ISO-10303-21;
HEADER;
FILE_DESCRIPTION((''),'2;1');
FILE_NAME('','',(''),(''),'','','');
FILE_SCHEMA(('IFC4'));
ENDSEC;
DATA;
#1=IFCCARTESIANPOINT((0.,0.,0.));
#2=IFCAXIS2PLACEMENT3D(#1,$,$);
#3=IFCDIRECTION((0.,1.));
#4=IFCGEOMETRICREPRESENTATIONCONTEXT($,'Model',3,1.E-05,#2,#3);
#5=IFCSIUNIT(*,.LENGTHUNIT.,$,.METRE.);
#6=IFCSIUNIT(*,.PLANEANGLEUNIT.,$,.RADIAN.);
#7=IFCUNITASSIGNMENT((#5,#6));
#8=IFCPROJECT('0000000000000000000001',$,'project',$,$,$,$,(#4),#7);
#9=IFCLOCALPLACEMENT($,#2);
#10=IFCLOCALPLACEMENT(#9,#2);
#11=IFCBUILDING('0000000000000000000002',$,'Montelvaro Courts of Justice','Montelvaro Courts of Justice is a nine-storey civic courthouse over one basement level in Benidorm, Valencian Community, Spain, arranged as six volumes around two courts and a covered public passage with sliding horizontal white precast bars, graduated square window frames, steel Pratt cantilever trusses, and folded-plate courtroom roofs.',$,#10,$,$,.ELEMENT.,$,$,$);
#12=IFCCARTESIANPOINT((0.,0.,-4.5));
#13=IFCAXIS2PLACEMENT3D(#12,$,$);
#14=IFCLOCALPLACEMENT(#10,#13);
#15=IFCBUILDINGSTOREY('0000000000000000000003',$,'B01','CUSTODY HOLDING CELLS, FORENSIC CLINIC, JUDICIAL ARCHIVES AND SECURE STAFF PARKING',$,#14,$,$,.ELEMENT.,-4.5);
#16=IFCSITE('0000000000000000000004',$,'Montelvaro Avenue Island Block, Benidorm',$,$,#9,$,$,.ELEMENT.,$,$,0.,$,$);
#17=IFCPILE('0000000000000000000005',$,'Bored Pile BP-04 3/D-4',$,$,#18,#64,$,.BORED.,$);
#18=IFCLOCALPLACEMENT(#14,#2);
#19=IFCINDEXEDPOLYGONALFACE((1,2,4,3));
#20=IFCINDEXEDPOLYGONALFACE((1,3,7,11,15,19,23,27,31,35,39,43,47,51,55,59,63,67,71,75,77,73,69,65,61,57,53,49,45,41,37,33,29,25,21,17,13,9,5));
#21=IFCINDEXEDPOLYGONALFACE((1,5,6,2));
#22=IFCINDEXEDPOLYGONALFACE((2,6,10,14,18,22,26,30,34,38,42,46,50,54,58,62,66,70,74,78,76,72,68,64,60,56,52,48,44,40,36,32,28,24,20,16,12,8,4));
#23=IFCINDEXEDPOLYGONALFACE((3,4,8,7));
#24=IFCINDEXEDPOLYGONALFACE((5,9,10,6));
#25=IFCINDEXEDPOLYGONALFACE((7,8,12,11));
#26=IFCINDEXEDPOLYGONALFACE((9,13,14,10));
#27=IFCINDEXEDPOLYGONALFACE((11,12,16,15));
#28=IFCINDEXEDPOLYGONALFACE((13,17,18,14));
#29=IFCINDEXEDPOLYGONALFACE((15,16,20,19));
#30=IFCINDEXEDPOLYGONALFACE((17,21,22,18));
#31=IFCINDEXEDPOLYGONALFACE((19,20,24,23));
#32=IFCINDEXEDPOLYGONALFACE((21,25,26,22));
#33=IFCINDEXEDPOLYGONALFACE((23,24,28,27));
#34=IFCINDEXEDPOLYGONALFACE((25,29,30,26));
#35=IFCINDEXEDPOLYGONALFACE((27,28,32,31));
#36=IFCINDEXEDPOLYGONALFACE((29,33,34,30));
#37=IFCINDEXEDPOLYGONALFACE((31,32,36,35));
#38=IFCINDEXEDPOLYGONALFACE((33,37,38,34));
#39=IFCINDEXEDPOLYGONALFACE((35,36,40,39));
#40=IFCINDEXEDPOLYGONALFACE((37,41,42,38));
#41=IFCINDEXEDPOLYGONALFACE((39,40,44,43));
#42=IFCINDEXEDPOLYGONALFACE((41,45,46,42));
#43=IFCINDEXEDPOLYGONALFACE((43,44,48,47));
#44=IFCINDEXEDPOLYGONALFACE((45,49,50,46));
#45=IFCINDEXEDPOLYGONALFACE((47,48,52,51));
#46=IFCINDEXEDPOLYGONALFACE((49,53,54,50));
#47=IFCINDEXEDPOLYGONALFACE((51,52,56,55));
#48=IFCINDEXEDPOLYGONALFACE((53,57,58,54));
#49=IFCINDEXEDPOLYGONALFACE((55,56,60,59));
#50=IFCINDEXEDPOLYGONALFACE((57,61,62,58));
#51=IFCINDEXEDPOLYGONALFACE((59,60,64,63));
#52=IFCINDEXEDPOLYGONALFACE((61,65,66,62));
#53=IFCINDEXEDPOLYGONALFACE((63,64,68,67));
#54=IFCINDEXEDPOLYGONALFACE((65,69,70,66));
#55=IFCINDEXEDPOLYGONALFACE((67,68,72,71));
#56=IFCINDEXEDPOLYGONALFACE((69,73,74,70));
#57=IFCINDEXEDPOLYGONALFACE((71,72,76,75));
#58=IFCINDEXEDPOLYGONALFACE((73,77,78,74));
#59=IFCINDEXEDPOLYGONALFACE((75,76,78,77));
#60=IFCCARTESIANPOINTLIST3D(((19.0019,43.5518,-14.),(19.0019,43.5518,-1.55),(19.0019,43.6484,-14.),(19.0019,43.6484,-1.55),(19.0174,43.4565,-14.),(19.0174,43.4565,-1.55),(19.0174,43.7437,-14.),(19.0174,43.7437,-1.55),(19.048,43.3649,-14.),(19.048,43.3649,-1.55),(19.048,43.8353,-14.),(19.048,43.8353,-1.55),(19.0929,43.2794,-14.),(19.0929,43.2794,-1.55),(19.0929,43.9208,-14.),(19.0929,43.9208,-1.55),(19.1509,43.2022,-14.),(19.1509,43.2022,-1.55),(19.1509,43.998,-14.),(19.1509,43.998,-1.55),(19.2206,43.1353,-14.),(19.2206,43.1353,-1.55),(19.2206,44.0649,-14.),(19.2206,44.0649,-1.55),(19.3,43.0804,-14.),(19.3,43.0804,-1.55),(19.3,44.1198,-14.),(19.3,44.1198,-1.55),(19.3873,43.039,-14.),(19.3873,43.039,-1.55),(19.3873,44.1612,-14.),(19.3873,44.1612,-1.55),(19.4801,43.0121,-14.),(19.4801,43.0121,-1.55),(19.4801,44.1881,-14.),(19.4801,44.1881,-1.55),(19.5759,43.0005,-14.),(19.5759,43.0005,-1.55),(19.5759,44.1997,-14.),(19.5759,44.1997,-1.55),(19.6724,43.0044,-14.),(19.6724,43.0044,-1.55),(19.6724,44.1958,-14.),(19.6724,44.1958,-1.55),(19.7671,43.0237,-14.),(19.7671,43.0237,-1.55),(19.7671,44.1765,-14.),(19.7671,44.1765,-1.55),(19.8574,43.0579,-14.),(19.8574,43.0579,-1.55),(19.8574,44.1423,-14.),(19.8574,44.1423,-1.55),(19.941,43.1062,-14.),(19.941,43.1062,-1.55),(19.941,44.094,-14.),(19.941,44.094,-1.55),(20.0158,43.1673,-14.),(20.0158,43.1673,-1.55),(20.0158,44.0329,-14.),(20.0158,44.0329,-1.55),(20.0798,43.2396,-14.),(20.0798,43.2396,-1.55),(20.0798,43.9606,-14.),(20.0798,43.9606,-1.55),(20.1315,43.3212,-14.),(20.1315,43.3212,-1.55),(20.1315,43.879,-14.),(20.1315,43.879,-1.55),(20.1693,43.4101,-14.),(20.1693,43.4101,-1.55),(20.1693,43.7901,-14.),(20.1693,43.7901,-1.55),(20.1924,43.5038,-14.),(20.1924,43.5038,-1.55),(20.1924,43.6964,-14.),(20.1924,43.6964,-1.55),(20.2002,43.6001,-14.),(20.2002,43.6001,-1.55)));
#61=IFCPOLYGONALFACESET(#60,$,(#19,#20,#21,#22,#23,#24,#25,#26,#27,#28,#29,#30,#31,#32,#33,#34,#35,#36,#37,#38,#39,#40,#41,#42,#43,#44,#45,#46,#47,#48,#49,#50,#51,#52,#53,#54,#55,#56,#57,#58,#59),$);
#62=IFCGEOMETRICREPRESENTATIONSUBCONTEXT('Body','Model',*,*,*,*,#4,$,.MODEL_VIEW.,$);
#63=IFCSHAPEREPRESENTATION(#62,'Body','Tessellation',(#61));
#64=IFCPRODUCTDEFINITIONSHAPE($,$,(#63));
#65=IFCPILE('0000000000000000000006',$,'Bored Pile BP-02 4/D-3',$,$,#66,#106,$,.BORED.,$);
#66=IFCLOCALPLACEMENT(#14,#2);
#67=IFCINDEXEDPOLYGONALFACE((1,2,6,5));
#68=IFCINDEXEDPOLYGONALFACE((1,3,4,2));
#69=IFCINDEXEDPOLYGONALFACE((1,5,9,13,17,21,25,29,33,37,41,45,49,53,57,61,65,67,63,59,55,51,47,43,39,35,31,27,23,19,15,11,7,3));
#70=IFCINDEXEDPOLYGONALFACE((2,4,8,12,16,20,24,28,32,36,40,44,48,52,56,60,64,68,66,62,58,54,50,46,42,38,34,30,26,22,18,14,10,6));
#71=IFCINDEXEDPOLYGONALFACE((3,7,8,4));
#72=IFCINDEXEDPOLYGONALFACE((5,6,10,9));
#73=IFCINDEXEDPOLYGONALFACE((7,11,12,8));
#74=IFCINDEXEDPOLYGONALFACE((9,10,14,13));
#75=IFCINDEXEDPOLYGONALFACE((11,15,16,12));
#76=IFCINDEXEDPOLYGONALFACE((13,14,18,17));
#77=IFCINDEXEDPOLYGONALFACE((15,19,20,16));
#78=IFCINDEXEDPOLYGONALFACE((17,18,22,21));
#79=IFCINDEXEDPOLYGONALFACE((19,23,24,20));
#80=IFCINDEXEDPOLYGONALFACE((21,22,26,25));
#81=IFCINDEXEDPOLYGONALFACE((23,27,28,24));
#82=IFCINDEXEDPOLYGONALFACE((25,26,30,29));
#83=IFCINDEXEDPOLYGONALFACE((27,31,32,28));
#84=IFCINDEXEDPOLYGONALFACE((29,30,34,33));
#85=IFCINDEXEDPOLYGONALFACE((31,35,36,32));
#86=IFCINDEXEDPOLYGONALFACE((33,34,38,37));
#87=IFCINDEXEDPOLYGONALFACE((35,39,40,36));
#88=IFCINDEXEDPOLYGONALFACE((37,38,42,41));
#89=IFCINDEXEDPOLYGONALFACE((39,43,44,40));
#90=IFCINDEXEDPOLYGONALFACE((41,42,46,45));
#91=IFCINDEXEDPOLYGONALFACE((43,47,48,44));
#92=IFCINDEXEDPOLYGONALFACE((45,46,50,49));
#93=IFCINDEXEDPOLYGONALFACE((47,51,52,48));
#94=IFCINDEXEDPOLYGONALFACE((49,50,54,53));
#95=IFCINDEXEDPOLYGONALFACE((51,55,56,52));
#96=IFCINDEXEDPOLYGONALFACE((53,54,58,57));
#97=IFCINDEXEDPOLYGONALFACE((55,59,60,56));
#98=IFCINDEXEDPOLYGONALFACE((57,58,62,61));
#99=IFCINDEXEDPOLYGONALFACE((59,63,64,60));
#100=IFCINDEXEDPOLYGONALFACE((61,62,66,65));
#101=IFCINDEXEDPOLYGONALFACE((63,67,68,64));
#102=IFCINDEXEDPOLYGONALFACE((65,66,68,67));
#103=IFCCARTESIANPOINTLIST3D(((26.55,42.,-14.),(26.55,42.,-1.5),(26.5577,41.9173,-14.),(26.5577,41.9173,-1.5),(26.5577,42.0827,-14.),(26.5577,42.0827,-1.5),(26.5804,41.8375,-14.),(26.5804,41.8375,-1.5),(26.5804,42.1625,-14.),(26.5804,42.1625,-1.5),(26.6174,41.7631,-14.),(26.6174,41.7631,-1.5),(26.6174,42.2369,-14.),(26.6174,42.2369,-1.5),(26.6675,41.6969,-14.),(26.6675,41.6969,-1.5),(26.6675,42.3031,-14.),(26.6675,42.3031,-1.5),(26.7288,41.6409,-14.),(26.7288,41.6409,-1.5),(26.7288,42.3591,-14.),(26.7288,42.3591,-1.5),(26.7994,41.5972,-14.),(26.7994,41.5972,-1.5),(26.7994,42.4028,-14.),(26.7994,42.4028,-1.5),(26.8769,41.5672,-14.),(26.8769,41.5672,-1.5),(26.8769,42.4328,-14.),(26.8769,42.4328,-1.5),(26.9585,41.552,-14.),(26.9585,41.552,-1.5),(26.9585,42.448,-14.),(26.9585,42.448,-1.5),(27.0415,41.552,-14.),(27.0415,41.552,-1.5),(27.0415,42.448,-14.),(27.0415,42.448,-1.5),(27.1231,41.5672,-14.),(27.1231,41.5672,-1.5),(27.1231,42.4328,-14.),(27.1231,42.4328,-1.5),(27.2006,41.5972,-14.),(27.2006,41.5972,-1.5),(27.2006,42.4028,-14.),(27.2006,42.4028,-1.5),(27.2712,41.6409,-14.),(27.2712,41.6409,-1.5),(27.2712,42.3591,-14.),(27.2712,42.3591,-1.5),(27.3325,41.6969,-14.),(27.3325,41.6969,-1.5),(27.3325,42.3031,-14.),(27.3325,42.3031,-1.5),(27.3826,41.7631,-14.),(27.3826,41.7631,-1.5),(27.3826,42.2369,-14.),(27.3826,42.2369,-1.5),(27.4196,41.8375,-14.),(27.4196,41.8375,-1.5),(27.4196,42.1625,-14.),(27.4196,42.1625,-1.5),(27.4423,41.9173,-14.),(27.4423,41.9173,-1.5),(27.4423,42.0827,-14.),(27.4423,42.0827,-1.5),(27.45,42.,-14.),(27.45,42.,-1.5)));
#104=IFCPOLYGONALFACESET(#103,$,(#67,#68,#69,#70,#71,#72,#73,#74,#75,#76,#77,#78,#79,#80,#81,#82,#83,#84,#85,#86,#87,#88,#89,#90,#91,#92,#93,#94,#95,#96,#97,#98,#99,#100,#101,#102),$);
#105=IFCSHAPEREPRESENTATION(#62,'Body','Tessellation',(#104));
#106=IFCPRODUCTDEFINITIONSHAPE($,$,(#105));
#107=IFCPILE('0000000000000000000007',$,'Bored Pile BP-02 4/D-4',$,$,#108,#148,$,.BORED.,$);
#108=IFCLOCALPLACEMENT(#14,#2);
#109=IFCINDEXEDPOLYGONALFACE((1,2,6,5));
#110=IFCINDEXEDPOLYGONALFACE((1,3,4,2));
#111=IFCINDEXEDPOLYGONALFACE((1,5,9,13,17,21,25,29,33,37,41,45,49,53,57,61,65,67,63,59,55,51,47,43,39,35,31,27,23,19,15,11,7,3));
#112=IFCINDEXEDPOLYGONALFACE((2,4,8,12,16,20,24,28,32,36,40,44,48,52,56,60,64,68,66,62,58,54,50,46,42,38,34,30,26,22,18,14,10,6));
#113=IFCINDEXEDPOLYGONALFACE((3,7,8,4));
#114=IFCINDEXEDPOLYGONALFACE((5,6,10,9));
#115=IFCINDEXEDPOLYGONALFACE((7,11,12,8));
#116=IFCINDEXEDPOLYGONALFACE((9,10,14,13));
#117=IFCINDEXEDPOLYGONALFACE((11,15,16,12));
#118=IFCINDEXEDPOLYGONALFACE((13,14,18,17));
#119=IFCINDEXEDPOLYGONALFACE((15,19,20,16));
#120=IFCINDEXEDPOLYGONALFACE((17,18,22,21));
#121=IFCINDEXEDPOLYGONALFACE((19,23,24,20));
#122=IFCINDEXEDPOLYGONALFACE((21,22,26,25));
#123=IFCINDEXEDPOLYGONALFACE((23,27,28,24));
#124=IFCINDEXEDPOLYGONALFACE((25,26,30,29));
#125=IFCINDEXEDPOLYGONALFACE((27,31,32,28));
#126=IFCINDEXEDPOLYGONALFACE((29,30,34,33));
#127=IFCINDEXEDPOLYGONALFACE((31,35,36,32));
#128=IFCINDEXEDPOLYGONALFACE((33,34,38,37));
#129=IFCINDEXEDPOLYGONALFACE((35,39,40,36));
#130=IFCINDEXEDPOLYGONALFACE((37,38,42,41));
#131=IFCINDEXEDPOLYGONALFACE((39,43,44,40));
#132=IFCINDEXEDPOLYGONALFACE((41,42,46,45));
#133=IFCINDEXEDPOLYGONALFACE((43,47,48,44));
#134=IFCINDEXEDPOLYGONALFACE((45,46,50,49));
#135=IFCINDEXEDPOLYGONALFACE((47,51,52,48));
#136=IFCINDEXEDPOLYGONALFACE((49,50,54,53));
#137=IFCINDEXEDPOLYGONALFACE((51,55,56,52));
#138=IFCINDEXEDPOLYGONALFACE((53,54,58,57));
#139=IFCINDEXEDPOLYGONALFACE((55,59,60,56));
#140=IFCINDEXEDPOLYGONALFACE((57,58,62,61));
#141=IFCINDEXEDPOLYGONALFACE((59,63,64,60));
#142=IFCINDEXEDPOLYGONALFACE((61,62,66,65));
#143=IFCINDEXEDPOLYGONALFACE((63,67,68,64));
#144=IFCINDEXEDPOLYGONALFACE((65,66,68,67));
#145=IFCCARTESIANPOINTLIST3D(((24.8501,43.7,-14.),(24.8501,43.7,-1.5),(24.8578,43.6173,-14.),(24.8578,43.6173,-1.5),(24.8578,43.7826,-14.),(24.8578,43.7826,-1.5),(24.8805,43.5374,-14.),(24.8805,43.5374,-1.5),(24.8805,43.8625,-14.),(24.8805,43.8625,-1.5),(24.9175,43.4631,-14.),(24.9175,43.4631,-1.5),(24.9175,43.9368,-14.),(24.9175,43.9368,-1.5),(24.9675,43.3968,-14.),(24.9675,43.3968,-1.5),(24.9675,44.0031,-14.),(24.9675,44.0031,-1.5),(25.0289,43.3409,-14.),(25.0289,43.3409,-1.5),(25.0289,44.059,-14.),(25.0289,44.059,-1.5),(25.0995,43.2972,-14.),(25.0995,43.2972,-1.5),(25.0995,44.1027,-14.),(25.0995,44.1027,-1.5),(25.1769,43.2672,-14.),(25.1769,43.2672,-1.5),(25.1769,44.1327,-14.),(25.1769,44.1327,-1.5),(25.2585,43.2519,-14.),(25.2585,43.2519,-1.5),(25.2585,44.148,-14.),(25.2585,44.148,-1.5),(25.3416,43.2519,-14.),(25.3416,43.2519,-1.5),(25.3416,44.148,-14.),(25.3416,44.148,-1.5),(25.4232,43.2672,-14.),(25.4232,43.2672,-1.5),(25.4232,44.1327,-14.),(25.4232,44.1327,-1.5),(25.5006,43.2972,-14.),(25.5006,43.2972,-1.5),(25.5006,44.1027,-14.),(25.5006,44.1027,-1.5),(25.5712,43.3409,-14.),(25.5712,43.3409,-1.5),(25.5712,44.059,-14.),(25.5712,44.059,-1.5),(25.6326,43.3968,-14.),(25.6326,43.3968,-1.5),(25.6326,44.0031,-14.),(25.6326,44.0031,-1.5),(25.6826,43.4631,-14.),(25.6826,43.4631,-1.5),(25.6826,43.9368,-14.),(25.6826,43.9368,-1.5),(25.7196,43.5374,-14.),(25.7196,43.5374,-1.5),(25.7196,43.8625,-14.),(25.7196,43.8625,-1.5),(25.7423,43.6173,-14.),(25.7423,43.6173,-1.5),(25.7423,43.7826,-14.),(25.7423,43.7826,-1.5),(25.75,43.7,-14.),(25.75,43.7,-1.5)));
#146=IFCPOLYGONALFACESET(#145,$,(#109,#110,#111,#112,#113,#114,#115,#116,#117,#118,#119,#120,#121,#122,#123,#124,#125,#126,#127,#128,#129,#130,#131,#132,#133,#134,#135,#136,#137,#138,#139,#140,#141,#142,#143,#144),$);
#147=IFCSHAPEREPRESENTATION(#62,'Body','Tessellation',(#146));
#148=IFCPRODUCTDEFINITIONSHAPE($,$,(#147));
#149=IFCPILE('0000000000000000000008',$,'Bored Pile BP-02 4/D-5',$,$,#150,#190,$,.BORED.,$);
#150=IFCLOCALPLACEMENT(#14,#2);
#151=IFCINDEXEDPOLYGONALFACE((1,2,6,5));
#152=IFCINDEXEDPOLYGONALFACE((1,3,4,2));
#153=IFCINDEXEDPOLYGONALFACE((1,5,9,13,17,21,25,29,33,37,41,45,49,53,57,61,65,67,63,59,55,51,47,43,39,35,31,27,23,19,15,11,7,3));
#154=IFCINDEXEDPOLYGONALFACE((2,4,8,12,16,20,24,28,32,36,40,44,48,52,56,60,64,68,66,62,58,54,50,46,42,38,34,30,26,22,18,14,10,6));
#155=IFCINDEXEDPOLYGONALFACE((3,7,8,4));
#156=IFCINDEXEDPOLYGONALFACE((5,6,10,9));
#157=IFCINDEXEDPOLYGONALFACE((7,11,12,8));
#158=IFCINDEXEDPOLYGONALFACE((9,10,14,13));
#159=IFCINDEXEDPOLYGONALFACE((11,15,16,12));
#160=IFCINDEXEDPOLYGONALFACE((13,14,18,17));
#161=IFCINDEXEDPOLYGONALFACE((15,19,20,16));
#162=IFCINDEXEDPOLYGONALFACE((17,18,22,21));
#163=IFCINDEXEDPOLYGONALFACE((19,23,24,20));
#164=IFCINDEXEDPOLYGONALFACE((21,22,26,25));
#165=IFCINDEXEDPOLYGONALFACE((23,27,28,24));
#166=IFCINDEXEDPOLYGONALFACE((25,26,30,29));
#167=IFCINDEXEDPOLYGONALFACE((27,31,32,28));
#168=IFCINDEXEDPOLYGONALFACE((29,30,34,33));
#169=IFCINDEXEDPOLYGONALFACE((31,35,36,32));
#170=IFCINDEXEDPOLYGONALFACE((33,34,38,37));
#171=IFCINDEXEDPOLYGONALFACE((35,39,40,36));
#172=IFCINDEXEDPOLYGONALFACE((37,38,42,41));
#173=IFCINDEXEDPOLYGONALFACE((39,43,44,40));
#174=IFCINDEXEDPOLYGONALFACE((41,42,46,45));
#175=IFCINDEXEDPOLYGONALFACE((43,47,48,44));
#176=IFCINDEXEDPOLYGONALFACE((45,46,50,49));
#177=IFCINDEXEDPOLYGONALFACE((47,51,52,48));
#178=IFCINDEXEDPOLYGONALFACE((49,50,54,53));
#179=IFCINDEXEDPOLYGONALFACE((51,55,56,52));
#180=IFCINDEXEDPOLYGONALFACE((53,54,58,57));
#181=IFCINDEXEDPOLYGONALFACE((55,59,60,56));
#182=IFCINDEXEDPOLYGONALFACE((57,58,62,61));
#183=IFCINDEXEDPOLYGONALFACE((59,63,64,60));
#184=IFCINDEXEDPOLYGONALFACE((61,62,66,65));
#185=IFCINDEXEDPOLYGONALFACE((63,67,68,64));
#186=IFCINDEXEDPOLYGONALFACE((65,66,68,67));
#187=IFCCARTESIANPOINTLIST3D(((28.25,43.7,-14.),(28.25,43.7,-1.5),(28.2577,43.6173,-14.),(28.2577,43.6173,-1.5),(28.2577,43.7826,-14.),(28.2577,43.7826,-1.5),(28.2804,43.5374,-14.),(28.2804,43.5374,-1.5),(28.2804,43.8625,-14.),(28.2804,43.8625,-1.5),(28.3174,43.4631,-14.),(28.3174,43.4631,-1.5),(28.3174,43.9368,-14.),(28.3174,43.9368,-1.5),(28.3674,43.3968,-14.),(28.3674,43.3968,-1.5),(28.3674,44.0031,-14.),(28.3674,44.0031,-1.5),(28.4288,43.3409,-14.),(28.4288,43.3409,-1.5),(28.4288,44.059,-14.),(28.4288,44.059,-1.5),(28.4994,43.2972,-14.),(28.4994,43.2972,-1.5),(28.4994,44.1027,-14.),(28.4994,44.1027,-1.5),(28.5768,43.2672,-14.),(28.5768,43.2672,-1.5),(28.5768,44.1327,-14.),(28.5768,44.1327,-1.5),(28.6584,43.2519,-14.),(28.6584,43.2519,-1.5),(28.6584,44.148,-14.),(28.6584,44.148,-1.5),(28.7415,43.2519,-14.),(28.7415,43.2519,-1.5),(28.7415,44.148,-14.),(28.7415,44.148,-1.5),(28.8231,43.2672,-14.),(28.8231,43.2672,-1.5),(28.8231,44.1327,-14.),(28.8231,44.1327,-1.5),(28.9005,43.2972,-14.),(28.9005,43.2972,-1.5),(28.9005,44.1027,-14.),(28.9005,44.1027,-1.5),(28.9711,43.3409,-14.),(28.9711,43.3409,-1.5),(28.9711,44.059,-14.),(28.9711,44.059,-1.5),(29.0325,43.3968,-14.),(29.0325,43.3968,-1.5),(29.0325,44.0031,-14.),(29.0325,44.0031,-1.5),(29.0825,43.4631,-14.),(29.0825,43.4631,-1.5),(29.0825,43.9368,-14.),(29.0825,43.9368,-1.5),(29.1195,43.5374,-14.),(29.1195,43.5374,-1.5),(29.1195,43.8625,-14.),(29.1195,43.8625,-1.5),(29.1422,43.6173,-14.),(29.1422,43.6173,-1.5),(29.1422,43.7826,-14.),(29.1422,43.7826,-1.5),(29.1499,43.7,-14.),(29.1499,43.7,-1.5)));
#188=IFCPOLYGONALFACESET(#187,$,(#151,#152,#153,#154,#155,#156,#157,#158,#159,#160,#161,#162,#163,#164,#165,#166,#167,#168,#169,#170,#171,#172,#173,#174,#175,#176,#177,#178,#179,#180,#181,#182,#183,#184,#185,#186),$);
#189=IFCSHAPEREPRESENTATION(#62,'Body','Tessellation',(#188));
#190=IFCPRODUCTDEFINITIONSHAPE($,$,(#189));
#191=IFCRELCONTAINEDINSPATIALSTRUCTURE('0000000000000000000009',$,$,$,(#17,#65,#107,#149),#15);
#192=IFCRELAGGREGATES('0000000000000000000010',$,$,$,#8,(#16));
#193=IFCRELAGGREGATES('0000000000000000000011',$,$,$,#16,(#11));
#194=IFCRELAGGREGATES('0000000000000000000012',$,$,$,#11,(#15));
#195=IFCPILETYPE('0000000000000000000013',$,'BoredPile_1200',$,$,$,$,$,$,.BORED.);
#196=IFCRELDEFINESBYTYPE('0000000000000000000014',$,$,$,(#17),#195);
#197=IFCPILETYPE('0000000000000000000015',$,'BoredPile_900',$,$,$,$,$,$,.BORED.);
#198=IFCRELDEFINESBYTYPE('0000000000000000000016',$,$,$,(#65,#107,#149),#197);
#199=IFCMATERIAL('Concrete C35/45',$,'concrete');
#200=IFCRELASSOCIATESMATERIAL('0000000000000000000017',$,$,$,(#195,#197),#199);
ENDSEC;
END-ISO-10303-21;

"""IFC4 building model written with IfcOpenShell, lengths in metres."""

from ifc_helpers import new_model, si_unit, direction, frame, origin, origin_2d, place, context, subcontext, project, spatial, circle, extrude, material, material_profile, profile_set, type_object, element, save


model = new_model("IFC4")

# Units and contexts
model_context = context("Model", 3, precision=1e-05, world=origin(), true_north=direction((0.0, 1.0)))
body_context = subcontext(model_context, "Body", "Model", "MODEL_VIEW")
ifc_project = project(units=[si_unit("LENGTHUNIT", "METRE"), si_unit("PLANEANGLEUNIT", "RADIAN")], contexts=[model_context])

# Site, building, storey
site_placement = place(None, origin())
site = spatial("IfcSite", under=ifc_project, at=site_placement, Name="Montelvaro Avenue Island Block, Benidorm", CompositionType="ELEMENT", RefElevation=0.0)
building_placement = place(site_placement, origin())
building = spatial("IfcBuilding", under=site, at=building_placement, Name="Montelvaro Courts of Justice", Description="Montelvaro Courts of Justice is a nine-storey civic courthouse over one basement level in Benidorm, Valencian Community, Spain, arranged as six volumes around two courts and a covered public passage with sliding horizontal white precast bars, graduated square window frames, steel Pratt cantilever trusses, and folded-plate courtroom roofs.", CompositionType="ELEMENT")
storey_placement = place(building_placement, frame((0.0, 0.0, -4.5)))
storey = spatial("IfcBuildingStorey", under=building, at=storey_placement, Name="B01", Description="CUSTODY HOLDING CELLS, FORENSIC CLINIC, JUDICIAL ARCHIVES AND SECURE STAFF PARKING", CompositionType="ELEMENT", Elevation=-4.5)

# Piles
ifc_material_1 = material(Name="Concrete C35/45", Category="concrete")
ifc_material_profile_1 = material_profile(ifc_material_1, circle(Radius=0.6001, at=origin_2d()), Name="BORED PILE D1200")
ifc_profile_set_1 = profile_set([ifc_material_profile_1], Name="Concrete C35/45")
pile_type_1 = type_object("IfcPileType", Name="BoredPile_1200", PredefinedType="BORED", material=ifc_profile_set_1)
pile_1_placement = place(storey_placement, frame((19.6001, 43.6001, -1.55), z_axis=(0.0, 0.0, -1.0), x_axis=(1.0, 0.0, 0.0)))
element("IfcPile", 1, at=pile_1_placement, inside=storey, type_object=pile_type_1, Name="Bored Pile BP-04 3/D-4", PredefinedType="BORED", context=body_context, shape_type="SweptSolid", body=[
    extrude(circle(Radius=0.6001, at=origin_2d()), origin(), (0.0, 0.0, 1.0), 12.45),
])
ifc_material_profile_2 = material_profile(ifc_material_1, circle(Radius=0.45, at=origin_2d()), Name="BORED PILE D900")
ifc_profile_set_2 = profile_set([ifc_material_profile_2], Name="Concrete C35/45")
pile_type_2 = type_object("IfcPileType", Name="BoredPile_900", PredefinedType="BORED", material=ifc_profile_set_2)
for number, where, z_axis, x_axis, name in (
    (2, (27.0, 42.0, -1.5), (0.0, 0.0, -1.0), (1.0, 0.0, 0.0), "Bored Pile BP-02 4/D-3"),
    (3, (25.3, 43.7, -1.5), (0.0, 0.0, -1.0), (1.0, 0.0, 0.0), "Bored Pile BP-02 4/D-4"),
    (4, (28.7, 43.7, -1.5), (0.0, 0.0, -1.0), (1.0, 0.0, 0.0), "Bored Pile BP-02 4/D-5"),
):
    element("IfcPile", number, at=place(storey_placement, frame(where, z_axis=z_axis, x_axis=x_axis)), inside=storey, type_object=pile_type_2, Name=name, PredefinedType="BORED", context=body_context, shape_type="SweptSolid", body=[
        extrude(circle(Radius=0.45, at=origin_2d()), origin(), (0.0, 0.0, 1.0), 12.5),
    ])

save(model, "model.ifc")
